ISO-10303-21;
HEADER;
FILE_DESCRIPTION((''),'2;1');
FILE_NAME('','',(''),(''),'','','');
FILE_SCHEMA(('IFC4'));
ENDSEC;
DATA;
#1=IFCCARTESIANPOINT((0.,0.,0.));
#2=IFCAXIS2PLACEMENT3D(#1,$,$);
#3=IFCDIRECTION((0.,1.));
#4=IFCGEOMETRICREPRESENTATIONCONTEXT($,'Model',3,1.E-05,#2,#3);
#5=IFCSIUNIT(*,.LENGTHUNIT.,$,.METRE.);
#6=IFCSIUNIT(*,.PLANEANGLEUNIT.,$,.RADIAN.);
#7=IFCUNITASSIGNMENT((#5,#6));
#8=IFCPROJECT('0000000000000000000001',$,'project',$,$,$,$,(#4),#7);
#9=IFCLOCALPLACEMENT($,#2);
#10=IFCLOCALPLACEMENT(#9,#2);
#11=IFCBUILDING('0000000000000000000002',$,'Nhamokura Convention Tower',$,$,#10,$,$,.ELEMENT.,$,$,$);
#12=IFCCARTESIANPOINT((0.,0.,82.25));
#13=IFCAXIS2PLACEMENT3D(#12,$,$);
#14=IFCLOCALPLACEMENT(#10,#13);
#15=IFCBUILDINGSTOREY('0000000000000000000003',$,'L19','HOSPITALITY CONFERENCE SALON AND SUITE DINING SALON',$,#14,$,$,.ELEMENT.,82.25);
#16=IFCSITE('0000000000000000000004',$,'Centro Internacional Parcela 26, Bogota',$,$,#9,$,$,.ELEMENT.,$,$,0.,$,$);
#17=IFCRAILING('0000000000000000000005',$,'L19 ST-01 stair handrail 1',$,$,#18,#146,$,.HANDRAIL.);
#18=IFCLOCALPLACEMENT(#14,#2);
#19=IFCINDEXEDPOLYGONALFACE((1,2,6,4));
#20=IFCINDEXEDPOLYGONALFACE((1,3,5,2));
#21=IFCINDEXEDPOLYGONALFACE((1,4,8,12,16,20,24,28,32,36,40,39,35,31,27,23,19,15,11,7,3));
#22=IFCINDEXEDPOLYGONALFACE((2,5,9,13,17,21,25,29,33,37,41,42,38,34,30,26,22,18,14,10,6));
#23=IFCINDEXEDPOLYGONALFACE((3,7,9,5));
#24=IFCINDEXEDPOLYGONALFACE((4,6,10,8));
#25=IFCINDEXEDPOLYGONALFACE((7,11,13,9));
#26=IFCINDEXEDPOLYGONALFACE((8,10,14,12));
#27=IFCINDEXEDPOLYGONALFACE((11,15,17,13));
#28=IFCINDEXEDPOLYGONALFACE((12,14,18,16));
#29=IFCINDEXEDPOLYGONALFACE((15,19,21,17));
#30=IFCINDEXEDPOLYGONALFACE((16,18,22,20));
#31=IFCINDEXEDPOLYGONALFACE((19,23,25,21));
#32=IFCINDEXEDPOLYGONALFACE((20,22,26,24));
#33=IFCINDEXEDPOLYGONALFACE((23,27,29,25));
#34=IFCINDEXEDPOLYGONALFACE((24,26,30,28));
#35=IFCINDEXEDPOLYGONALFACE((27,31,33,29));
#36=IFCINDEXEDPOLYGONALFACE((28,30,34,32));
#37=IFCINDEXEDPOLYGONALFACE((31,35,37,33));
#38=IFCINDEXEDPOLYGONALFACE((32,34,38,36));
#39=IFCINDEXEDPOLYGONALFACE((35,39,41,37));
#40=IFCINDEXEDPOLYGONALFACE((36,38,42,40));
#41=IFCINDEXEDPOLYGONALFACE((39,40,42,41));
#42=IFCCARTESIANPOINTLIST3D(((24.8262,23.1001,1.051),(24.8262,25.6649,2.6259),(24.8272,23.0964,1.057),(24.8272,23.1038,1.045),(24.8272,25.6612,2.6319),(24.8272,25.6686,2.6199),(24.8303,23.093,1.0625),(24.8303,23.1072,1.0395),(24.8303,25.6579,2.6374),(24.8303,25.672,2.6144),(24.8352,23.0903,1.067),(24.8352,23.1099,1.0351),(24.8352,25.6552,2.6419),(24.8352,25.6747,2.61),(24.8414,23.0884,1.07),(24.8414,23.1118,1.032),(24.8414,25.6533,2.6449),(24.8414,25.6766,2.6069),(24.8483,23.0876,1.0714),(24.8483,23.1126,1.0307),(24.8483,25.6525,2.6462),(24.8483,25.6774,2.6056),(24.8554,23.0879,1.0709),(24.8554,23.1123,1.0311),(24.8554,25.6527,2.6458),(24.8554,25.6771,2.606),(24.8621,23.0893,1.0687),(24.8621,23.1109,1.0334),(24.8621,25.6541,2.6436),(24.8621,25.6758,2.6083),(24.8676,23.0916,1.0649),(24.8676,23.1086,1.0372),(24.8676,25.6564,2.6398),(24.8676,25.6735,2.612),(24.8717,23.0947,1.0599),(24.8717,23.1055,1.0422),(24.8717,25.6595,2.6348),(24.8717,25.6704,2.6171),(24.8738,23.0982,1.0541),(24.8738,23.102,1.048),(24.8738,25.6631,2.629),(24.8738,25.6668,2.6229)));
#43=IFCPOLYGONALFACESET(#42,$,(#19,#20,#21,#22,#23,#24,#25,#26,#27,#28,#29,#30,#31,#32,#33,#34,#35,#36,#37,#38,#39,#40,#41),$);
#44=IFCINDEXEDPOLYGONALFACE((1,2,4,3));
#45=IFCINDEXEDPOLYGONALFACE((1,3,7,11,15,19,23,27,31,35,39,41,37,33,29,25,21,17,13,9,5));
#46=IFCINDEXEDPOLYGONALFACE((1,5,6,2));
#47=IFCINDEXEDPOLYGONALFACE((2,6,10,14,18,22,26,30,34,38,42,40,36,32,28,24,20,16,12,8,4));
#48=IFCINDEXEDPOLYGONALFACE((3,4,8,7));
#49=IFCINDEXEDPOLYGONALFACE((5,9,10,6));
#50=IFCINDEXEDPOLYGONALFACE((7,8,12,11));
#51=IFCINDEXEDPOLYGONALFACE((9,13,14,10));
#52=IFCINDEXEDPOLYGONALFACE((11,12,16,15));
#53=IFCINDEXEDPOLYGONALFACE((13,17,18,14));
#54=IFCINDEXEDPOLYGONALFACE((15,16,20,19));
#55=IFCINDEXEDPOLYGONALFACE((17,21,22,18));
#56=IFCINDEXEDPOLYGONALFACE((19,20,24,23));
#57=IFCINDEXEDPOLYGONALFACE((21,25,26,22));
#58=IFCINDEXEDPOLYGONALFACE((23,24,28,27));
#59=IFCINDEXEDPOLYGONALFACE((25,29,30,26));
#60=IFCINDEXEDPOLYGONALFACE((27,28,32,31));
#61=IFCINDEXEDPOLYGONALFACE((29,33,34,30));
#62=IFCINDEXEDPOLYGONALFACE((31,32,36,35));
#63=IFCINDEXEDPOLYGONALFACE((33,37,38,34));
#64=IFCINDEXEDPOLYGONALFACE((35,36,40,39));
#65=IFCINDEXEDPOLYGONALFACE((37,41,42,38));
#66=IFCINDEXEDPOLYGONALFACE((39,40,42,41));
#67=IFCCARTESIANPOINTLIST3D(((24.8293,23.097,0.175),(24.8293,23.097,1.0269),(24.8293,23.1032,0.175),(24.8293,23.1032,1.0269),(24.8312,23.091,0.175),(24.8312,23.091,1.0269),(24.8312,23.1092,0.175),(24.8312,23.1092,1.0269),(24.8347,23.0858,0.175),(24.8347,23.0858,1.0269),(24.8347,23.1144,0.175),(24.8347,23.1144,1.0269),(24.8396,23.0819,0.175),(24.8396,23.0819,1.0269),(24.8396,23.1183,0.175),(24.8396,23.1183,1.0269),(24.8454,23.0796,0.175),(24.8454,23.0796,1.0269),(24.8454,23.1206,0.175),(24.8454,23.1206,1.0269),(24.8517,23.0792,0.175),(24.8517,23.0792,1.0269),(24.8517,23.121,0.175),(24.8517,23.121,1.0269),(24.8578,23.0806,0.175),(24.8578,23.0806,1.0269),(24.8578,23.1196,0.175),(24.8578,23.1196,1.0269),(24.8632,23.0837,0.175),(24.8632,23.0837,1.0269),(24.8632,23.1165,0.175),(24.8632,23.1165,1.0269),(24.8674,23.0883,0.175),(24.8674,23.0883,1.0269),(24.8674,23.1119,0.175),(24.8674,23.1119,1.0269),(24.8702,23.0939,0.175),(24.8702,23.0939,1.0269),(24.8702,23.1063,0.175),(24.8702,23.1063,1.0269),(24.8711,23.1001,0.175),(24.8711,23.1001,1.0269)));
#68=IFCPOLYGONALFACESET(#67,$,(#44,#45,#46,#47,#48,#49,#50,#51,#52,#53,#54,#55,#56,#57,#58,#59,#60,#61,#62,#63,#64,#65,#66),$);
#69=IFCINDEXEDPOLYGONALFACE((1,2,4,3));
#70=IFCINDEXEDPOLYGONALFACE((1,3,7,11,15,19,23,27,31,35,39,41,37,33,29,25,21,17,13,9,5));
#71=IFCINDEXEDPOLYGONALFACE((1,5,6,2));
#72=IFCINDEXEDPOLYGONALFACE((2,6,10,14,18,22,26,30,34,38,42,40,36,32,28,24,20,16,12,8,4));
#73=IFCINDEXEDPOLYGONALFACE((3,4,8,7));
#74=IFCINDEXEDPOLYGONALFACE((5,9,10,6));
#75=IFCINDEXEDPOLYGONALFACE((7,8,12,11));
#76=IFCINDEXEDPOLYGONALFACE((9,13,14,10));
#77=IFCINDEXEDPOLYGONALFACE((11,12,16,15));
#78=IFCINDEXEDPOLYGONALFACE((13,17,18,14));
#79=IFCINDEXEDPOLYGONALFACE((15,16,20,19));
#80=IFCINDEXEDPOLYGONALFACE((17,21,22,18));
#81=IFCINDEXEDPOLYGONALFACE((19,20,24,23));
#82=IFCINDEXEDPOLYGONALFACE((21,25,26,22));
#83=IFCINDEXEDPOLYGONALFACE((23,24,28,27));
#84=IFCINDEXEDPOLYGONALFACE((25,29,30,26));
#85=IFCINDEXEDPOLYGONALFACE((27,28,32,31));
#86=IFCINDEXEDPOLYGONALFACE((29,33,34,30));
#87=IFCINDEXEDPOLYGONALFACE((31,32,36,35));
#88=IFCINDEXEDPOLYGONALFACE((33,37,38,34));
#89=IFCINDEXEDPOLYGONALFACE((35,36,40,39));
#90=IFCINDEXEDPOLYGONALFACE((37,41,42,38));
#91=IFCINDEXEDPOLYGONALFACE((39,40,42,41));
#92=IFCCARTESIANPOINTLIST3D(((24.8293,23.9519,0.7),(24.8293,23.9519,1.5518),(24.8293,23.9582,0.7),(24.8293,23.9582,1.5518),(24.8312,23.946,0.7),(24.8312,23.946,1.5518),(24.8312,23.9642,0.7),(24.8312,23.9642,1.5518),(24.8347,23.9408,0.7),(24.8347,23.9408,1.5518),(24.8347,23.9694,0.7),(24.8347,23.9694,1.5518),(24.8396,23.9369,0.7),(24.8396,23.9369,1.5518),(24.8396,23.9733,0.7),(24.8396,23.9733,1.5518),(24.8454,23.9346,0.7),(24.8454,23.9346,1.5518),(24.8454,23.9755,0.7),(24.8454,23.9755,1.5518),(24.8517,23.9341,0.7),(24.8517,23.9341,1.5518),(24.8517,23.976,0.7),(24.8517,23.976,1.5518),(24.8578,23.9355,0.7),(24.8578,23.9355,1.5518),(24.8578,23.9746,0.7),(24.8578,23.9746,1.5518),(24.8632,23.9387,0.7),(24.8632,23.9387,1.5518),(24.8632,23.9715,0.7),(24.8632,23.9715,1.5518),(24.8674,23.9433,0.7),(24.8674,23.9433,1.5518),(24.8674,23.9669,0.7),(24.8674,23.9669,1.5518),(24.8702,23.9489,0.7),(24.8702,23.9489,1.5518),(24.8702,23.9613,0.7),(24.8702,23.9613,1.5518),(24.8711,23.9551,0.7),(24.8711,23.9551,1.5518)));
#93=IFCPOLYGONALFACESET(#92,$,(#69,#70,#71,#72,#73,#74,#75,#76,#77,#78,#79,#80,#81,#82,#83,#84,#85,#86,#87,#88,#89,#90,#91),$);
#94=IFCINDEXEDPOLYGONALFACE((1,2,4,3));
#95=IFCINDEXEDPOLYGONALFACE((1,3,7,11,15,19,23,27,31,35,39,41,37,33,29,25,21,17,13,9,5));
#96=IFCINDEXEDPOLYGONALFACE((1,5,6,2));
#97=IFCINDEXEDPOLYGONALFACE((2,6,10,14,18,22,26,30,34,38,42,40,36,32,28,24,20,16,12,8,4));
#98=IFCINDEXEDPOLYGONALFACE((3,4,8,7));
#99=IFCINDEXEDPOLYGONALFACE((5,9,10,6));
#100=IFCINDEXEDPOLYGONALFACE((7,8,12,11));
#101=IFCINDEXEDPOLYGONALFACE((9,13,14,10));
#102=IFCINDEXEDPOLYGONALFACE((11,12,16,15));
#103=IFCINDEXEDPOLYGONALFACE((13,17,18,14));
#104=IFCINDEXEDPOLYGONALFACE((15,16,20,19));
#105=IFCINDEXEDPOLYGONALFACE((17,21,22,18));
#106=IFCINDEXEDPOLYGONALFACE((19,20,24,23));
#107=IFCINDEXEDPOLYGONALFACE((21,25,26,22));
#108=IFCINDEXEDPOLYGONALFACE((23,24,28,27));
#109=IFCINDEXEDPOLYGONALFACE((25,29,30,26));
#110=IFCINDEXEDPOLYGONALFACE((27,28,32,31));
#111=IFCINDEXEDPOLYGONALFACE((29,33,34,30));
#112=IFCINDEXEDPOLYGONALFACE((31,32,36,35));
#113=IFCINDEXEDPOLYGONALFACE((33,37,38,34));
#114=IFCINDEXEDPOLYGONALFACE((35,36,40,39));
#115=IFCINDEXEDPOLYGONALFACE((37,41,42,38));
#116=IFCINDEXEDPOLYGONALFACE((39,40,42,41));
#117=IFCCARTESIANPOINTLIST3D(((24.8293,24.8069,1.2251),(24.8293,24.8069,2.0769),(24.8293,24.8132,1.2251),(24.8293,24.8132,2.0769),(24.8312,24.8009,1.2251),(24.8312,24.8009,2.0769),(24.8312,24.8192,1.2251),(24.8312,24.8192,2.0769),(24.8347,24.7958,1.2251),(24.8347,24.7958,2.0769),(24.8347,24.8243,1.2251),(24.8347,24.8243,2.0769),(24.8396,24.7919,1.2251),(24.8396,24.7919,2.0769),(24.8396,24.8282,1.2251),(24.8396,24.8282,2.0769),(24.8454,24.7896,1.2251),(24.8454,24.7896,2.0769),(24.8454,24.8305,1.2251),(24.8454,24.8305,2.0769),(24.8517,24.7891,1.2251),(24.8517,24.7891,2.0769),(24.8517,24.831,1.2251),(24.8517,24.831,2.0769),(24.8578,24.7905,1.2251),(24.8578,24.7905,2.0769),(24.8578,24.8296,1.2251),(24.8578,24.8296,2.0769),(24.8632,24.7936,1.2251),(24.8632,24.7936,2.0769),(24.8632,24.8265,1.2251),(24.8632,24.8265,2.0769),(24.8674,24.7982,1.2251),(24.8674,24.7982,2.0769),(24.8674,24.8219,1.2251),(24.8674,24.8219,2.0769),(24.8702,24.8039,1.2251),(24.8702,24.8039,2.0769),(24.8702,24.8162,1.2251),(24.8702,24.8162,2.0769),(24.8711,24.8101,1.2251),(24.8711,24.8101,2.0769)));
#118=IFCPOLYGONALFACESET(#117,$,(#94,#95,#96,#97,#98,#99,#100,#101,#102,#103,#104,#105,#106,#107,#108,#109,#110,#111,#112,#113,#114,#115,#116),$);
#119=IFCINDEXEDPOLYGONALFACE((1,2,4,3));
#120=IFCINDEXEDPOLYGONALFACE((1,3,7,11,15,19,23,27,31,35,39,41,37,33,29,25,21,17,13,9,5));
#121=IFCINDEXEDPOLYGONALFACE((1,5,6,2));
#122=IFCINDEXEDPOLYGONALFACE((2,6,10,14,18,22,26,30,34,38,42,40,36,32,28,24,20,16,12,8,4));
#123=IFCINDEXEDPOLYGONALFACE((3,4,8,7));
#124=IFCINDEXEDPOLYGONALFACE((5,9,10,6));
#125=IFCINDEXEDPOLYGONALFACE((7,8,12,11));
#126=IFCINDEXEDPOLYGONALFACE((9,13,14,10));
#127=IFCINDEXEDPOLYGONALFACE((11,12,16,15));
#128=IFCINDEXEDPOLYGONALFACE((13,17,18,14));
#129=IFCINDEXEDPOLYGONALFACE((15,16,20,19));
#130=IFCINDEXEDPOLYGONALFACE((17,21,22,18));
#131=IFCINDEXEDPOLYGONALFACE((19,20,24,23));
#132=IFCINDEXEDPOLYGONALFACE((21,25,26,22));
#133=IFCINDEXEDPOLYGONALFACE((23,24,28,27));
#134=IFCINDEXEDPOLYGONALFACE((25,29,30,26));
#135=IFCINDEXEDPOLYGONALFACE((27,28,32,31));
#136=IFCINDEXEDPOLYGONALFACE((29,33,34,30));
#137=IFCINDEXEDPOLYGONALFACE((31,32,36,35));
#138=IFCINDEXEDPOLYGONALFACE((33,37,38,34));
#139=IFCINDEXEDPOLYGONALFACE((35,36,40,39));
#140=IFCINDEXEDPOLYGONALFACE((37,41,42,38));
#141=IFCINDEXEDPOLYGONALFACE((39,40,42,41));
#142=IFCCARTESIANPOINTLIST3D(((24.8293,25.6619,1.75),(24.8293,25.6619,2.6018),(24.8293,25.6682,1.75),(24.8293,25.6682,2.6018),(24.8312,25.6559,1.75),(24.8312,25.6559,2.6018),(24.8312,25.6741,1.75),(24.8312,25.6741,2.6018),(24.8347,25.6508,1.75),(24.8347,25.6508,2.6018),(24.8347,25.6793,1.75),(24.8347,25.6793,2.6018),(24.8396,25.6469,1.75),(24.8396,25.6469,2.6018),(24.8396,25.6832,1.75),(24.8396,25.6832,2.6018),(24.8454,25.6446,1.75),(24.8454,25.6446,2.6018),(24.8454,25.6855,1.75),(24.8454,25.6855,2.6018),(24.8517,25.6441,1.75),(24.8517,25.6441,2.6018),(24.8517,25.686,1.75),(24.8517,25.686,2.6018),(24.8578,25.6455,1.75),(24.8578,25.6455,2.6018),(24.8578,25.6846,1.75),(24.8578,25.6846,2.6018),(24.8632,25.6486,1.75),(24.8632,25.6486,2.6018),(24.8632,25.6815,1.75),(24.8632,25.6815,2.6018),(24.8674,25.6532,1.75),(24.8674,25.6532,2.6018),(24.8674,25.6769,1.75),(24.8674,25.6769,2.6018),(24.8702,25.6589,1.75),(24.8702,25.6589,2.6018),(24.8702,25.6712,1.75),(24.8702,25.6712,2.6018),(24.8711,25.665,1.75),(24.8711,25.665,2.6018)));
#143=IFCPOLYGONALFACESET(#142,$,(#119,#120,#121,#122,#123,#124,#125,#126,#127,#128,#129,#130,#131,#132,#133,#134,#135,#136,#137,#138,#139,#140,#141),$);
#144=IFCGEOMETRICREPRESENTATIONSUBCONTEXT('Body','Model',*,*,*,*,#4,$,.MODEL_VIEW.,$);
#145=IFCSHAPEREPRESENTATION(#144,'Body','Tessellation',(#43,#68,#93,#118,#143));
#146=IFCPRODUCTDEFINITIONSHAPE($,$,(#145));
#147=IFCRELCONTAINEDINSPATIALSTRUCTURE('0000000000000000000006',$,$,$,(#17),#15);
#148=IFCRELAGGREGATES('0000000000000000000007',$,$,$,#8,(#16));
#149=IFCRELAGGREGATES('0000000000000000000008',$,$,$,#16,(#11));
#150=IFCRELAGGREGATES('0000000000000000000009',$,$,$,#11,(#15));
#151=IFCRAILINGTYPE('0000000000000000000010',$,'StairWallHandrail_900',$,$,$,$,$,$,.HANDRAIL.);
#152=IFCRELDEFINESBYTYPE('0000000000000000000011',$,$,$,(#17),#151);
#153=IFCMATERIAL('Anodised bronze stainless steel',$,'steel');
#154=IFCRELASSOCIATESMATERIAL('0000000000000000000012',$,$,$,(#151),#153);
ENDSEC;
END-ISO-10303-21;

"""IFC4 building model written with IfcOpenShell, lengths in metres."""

from ifc_helpers import new_model, si_unit, direction, frame, origin, origin_2d, place, context, subcontext, project, spatial, circle, extrude, material, type_object, element, save


model = new_model("IFC4")

# Units and contexts
model_context = context("Model", 3, precision=1e-05, world=origin(), true_north=direction((0.0, 1.0)))
body_context = subcontext(model_context, "Body", "Model", "MODEL_VIEW")
ifc_project = project(units=[si_unit("LENGTHUNIT", "METRE"), si_unit("PLANEANGLEUNIT", "RADIAN")], contexts=[model_context])

# Site, building, storey
site_placement = place(None, origin())
site = spatial("IfcSite", under=ifc_project, at=site_placement, Name="Centro Internacional Parcela 26, Bogota", CompositionType="ELEMENT", RefElevation=0.0)
building_placement = place(site_placement, origin())
building = spatial("IfcBuilding", under=site, at=building_placement, Name="Nhamokura Convention Tower", CompositionType="ELEMENT")
storey_placement = place(building_placement, frame((0.0, 0.0, 82.25)))
storey = spatial("IfcBuildingStorey", under=building, at=storey_placement, Name="L19", Description="HOSPITALITY CONFERENCE SALON AND SUITE DINING SALON", CompositionType="ELEMENT", Elevation=82.25)

# Railing
ifc_material_1 = material(Name="Anodised bronze stainless steel", Category="steel")
railing_type_1 = type_object("IfcRailingType", Name="StairWallHandrail_900", PredefinedType="HANDRAIL", material=ifc_material_1)
railing_1_placement = place(storey_placement, frame((24.8501, 23.1001, 0.175)))
element("IfcRailing", 1, at=railing_1_placement, inside=storey, type_object=railing_type_1, Name="L19 ST-01 stair handrail 1", PredefinedType="HANDRAIL", context=body_context, shape_type="SweptSolid", body=[
    extrude(circle(Radius=0.0239, at=origin_2d()), frame((0.0, 0.0, 0.876), z_axis=(0.0, 0.852173, 0.52326), x_axis=(-1.0, 0.0, 0.0)), (0.0, 0.0, 1.0), 3.0098),
    extrude(circle(Radius=0.021, at=origin_2d()), origin(), (0.0, 0.0, 1.0), 0.8518),
    extrude(circle(Radius=0.021, at=origin_2d()), frame((0.0, 0.855, 0.5249)), (0.0, 0.0, 1.0), 0.8518),
    extrude(circle(Radius=0.021, at=origin_2d()), frame((0.0, 1.71, 1.05)), (0.0, 0.0, 1.0), 0.8518),
    extrude(circle(Radius=0.021, at=origin_2d()), frame((0.0, 2.5649, 1.575)), (0.0, 0.0, 1.0), 0.8518),
])

save(model, "model.ifc")
